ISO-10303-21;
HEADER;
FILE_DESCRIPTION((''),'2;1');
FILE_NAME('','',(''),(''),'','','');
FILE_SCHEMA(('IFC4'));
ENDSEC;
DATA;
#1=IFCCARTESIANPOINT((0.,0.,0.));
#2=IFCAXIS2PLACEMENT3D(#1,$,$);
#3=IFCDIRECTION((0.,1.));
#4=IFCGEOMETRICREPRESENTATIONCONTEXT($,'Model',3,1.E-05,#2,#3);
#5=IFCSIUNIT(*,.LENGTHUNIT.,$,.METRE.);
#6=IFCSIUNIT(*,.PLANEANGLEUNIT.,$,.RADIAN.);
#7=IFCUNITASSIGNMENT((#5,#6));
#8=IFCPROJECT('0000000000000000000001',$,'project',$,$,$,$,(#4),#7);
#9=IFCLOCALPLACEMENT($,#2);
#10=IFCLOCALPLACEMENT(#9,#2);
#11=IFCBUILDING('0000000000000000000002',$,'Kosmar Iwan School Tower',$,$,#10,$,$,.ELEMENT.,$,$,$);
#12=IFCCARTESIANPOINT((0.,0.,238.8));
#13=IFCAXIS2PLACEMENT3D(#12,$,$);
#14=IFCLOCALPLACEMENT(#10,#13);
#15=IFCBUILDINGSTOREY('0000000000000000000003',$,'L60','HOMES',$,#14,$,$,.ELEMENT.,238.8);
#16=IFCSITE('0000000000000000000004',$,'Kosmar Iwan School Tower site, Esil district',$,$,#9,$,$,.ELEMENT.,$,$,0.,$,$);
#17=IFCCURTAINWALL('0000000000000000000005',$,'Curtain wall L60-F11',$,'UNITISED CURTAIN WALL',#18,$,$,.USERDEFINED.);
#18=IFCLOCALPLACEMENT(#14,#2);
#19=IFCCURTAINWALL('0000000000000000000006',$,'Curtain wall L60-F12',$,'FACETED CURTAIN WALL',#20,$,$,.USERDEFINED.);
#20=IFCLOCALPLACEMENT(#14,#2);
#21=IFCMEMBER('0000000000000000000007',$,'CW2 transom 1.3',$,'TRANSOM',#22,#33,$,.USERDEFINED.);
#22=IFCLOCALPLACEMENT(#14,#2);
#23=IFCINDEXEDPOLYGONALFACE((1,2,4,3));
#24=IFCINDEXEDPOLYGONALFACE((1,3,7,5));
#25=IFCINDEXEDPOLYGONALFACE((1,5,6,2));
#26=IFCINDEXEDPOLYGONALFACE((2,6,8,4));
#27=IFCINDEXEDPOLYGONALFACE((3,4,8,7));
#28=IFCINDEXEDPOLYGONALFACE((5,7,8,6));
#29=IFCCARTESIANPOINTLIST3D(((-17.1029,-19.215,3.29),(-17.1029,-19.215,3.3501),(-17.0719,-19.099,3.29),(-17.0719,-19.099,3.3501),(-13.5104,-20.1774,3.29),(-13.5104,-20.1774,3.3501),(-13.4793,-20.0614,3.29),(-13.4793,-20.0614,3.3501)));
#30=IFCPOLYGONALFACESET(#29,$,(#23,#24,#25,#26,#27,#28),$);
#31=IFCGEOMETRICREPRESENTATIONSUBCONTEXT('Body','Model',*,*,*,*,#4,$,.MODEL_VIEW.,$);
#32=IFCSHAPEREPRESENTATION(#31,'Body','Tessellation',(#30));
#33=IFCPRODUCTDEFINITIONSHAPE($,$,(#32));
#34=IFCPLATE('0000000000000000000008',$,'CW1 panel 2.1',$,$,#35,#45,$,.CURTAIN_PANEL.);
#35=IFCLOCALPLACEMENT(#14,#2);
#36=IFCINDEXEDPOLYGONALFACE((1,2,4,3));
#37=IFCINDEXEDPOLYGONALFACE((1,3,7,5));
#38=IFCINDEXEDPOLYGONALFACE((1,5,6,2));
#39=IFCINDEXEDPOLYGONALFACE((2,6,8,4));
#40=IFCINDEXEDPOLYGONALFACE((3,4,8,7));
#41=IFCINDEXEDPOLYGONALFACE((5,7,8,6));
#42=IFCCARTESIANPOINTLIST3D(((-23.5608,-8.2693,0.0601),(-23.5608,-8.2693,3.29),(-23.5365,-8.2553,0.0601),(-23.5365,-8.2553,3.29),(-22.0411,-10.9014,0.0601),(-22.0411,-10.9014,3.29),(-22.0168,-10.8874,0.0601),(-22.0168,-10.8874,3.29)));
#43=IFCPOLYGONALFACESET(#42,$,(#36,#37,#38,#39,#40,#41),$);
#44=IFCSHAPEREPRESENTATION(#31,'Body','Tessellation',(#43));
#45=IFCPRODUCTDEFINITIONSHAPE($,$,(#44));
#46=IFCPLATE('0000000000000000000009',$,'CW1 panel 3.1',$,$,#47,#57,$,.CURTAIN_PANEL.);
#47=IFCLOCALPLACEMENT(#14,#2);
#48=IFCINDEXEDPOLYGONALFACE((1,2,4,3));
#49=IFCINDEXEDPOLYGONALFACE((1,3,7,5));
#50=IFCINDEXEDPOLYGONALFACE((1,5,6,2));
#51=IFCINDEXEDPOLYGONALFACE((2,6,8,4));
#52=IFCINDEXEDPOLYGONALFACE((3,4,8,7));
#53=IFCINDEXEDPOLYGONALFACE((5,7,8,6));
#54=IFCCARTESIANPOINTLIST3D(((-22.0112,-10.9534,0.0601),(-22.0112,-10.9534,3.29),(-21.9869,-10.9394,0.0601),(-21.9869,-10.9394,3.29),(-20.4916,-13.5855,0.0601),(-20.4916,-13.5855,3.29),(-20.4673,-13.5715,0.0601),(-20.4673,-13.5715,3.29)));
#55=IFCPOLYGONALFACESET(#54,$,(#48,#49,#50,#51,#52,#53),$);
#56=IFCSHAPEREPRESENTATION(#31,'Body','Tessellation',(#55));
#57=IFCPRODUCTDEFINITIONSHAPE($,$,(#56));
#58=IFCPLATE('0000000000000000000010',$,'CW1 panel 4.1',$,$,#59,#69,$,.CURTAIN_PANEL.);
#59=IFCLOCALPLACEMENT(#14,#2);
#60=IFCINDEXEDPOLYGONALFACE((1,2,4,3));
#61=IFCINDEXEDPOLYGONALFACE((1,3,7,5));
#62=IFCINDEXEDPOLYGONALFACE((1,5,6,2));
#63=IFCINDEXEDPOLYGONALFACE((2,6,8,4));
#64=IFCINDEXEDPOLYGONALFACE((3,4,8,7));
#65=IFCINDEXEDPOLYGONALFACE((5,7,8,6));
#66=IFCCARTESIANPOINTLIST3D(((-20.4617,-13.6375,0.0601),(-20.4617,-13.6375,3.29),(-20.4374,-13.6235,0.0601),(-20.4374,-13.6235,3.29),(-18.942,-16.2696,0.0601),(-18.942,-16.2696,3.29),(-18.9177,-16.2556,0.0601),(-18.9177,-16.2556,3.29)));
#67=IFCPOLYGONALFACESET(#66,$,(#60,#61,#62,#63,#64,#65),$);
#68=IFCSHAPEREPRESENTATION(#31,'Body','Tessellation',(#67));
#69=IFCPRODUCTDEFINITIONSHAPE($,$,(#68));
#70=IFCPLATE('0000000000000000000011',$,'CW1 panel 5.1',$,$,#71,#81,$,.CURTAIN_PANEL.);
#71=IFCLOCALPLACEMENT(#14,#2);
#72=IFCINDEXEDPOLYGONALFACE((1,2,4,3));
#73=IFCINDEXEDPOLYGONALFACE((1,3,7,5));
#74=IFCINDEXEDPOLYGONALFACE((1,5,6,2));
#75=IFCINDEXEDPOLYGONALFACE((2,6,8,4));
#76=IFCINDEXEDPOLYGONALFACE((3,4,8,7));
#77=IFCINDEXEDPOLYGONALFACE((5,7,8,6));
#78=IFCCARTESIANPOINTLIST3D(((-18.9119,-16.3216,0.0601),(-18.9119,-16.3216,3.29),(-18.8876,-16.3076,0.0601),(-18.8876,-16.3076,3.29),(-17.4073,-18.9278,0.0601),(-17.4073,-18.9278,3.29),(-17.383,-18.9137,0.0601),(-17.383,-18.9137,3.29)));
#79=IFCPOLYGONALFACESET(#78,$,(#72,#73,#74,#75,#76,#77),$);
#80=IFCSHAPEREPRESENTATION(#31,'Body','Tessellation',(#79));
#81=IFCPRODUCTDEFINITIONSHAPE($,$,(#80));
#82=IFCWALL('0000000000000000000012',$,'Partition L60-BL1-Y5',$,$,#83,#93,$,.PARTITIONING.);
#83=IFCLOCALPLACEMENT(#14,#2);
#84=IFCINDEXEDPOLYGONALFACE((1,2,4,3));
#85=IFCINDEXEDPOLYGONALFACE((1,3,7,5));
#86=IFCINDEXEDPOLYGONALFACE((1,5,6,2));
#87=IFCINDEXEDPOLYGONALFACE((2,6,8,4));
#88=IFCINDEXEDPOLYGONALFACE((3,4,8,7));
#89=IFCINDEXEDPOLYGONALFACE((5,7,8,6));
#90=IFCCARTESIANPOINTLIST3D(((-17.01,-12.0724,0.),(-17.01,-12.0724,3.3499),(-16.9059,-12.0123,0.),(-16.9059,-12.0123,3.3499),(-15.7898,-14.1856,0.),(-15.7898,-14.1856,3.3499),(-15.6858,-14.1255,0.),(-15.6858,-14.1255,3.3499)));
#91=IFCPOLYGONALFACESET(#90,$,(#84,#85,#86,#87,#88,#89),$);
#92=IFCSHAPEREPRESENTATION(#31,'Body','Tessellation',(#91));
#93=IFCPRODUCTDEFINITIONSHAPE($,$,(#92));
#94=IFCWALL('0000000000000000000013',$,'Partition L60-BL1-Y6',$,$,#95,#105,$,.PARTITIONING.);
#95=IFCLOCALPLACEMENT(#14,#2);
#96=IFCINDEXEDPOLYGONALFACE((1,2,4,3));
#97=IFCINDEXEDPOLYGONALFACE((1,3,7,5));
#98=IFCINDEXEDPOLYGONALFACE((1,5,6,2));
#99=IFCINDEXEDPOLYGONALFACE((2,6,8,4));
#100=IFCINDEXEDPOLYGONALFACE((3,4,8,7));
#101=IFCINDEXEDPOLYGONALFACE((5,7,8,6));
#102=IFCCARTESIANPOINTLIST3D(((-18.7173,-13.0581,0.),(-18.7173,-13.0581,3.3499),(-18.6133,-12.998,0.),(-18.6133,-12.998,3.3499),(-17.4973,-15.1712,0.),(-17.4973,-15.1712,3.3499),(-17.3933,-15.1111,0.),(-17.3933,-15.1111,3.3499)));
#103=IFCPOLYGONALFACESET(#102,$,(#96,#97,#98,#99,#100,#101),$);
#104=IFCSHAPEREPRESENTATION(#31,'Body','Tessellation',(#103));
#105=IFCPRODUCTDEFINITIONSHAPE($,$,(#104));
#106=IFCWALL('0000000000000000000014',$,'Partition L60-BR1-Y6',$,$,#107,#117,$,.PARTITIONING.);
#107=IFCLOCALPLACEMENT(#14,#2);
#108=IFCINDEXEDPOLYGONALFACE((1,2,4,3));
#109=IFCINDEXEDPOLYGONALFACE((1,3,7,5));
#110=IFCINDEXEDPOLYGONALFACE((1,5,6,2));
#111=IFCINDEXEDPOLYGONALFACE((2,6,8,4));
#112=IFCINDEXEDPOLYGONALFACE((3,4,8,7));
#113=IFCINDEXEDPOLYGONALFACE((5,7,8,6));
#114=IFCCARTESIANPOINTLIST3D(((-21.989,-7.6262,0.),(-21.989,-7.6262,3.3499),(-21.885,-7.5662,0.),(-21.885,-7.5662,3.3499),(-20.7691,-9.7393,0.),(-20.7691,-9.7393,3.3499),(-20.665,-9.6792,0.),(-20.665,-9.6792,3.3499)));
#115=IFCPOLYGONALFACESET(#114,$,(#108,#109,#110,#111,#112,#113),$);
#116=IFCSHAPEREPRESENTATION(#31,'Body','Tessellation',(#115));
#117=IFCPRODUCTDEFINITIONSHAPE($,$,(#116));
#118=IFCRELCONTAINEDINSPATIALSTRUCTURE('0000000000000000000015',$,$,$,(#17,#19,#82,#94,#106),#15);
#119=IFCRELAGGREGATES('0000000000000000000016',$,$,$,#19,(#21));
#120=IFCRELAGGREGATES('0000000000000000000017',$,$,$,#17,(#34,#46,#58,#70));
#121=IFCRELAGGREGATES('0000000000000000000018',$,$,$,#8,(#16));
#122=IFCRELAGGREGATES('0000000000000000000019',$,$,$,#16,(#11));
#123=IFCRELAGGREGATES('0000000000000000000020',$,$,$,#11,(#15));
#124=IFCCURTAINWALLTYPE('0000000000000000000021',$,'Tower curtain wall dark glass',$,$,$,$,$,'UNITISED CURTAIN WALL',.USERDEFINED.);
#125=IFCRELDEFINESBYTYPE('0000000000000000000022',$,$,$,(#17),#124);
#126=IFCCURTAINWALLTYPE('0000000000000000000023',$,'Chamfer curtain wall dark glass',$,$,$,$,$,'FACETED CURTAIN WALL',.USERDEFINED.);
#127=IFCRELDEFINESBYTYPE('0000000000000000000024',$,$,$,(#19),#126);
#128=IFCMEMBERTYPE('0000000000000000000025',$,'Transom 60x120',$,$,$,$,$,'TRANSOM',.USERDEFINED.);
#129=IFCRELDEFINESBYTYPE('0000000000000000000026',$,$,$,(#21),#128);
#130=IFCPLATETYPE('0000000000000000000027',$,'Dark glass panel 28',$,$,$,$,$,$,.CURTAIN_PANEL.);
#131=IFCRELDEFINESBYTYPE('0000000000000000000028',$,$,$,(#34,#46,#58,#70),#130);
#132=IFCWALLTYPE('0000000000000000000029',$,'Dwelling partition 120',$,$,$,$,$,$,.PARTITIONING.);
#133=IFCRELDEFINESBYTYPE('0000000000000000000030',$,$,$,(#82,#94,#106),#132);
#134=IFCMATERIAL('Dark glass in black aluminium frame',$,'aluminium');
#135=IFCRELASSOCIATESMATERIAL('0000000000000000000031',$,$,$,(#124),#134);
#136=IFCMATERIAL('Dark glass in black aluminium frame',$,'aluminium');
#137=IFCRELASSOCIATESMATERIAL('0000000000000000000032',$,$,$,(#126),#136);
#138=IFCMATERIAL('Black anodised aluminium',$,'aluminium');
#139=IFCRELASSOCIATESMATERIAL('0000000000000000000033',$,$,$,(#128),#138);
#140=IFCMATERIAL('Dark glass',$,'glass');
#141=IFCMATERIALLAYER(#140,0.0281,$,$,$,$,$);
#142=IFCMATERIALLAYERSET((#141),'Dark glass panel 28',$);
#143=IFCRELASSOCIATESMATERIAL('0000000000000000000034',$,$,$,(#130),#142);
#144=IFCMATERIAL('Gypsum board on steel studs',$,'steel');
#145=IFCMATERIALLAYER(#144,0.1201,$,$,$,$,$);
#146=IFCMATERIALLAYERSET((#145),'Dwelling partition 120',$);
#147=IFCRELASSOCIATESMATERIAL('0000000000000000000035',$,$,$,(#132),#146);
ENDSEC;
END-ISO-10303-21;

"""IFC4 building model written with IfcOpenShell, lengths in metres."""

from ifc_helpers import new_model, si_unit, direction, frame, frame_2d, origin, origin_2d, place, context, subcontext, project, spatial, rectangle, extrude, material, layer, layer_set, material_profile, profile_set, type_object, element, aggregate, save


model = new_model("IFC4")

# Units and contexts
model_context = context("Model", 3, precision=1e-05, world=origin(), true_north=direction((0.0, 1.0)))
body_context = subcontext(model_context, "Body", "Model", "MODEL_VIEW")
ifc_project = project(units=[si_unit("LENGTHUNIT", "METRE"), si_unit("PLANEANGLEUNIT", "RADIAN")], contexts=[model_context])

# Site, building, storey
site_placement = place(None, origin())
site = spatial("IfcSite", under=ifc_project, at=site_placement, Name="Kosmar Iwan School Tower site, Esil district", CompositionType="ELEMENT", RefElevation=0.0)
building_placement = place(site_placement, origin())
building = spatial("IfcBuilding", under=site, at=building_placement, Name="Kosmar Iwan School Tower", CompositionType="ELEMENT")
storey_placement = place(building_placement, frame((0.0, 0.0, 238.8)))
storey = spatial("IfcBuildingStorey", under=building, at=storey_placement, Name="L60", Description="HOMES", CompositionType="ELEMENT", Elevation=238.8)

# Curtain wall
ifc_material_1 = material(Name="Dark glass in black aluminium frame", Category="aluminium")
curtain_wall_type_1 = type_object("IfcCurtainWallType", Name="Tower curtain wall dark glass", ElementType="UNITISED CURTAIN WALL", PredefinedType="USERDEFINED", material=ifc_material_1)
curtain_wall_1_placement = place(storey_placement, origin())
curtain_wall_1 = element("IfcCurtainWall", 1, at=curtain_wall_1_placement, inside=storey, type_object=curtain_wall_type_1, Name="Curtain wall L60-F11", ObjectType="UNITISED CURTAIN WALL", PredefinedType="USERDEFINED")

# Curtain wall
ifc_material_2 = material(Name="Dark glass in black aluminium frame", Category="aluminium")
curtain_wall_type_2 = type_object("IfcCurtainWallType", Name="Chamfer curtain wall dark glass", ElementType="FACETED CURTAIN WALL", PredefinedType="USERDEFINED", material=ifc_material_2)
curtain_wall_2_placement = place(storey_placement, origin())
curtain_wall_2 = element("IfcCurtainWall", 2, at=curtain_wall_2_placement, inside=storey, type_object=curtain_wall_type_2, Name="Curtain wall L60-F12", ObjectType="FACETED CURTAIN WALL", PredefinedType="USERDEFINED")

# Member
ifc_material_3 = material(Name="Black anodised aluminium", Category="aluminium")
ifc_material_profile_1 = material_profile(ifc_material_3, rectangle(XDim=0.1201, YDim=0.0601, at=origin_2d()), Name="TRANSOM 60x120")
ifc_profile_set_1 = profile_set([ifc_material_profile_1], Name="Black anodised aluminium")
member_type_1 = type_object("IfcMemberType", Name="Transom 60x120", ElementType="TRANSOM", PredefinedType="USERDEFINED", material=ifc_profile_set_1)
member_1_placement = place(storey_placement, frame((-17.0874, -19.157, 3.3201), z_axis=(0.96594, -0.258766, 0.0), x_axis=(0.258766, 0.96594, 0.0)))
member_1 = element("IfcMember", 3, at=member_1_placement, type_object=member_type_1, Name="CW2 transom 1.3", ObjectType="TRANSOM", PredefinedType="USERDEFINED", context=body_context, shape_type="SweptSolid", body=[
    extrude(rectangle(XDim=0.1201, YDim=0.0601, at=origin_2d()), origin(), (0.0, 0.0, 1.0), 3.7192),
])
aggregate(curtain_wall_2, [member_1])

# Plates
ifc_material_4 = material(Name="Dark glass", Category="glass")
ifc_layer_1 = layer(ifc_material_4, 0.0281)
ifc_layer_set_1 = layer_set([ifc_layer_1], Name="Dark glass panel 28")
plate_type = type_object("IfcPlateType", Name="Dark glass panel 28", PredefinedType="CURTAIN_PANEL", material=ifc_layer_set_1)
plate_1_placement = place(storey_placement, frame((-22.7888, -9.5784, 0.0601), z_axis=(0.0, 0.0, 1.0), x_axis=(0.5, -0.866025, 0.0)))
plate_1 = element("IfcPlate", 4, at=plate_1_placement, type_object=plate_type, Name="CW1 panel 2.1", PredefinedType="CURTAIN_PANEL", context=body_context, shape_type="SweptSolid", body=[
    extrude(rectangle(XDim=3.0393, YDim=0.0281, at=origin_2d()), origin(), (0.0, 0.0, 1.0), 3.23),
])
plate_2_placement = place(storey_placement, frame((-21.2393, -12.2625, 0.0601), z_axis=(0.0, 0.0, 1.0), x_axis=(0.5, -0.866025, 0.0)))
plate_2 = element("IfcPlate", 5, at=plate_2_placement, type_object=plate_type, Name="CW1 panel 3.1", PredefinedType="CURTAIN_PANEL", context=body_context, shape_type="SweptSolid", body=[
    extrude(rectangle(XDim=3.0393, YDim=0.0281, at=origin_2d()), origin(), (0.0, 0.0, 1.0), 3.23),
])
plate_3_placement = place(storey_placement, frame((-19.6897, -14.9465, 0.0601), z_axis=(0.0, 0.0, 1.0), x_axis=(0.5, -0.866025, 0.0)))
plate_3 = element("IfcPlate", 6, at=plate_3_placement, type_object=plate_type, Name="CW1 panel 4.1", PredefinedType="CURTAIN_PANEL", context=body_context, shape_type="SweptSolid", body=[
    extrude(rectangle(XDim=3.0393, YDim=0.0281, at=origin_2d()), origin(), (0.0, 0.0, 1.0), 3.23),
])
plate_4_placement = place(storey_placement, frame((-18.1475, -17.6177, 0.0601), z_axis=(0.0, 0.0, 1.0), x_axis=(0.5, -0.866025, 0.0)))
plate_4 = element("IfcPlate", 7, at=plate_4_placement, type_object=plate_type, Name="CW1 panel 5.1", PredefinedType="CURTAIN_PANEL", context=body_context, shape_type="SweptSolid", body=[
    extrude(rectangle(XDim=3.0093, YDim=0.0281, at=origin_2d()), origin(), (0.0, 0.0, 1.0), 3.23),
])
aggregate(curtain_wall_1, [plate_1, plate_2, plate_3, plate_4])

# Walls
ifc_material_5 = material(Name="Gypsum board on steel studs", Category="steel")
ifc_layer_2 = layer(ifc_material_5, 0.1201)
ifc_layer_set_2 = layer_set([ifc_layer_2], Name="Dwelling partition 120")
wall_type = type_object("IfcWallType", Name="Dwelling partition 120", PredefinedType="PARTITIONING", material=ifc_layer_set_2)
wall_placement = place(storey_placement, frame((-16.958, -12.0422, 0.0), z_axis=(0.0, 0.0, 1.0), x_axis=(0.500034, -0.866006, 0.0)))
element("IfcWall", 8, at=wall_placement, inside=storey, type_object=wall_type, Name="Partition L60-BL1-Y5", PredefinedType="PARTITIONING", context=body_context, shape_type="SweptSolid", body=[
    extrude(rectangle(XDim=2.4402, YDim=0.1201, at=frame_2d((1.2202, 0.0))), origin(), (0.0, 0.0, 1.0), 3.3499),
])
for number, where, z_axis, x_axis, name in (
    (9, (-18.6653, -13.0281, 0.0), (0.0, 0.0, 1.0), (0.500003, -0.866024, 0.0), "Partition L60-BL1-Y6"),
    (10, (-20.717, -9.7092, 0.0), (0.0, 0.0, 1.0), (-0.500003, 0.866024, 0.0), "Partition L60-BR1-Y6"),
):
    element("IfcWall", number, at=place(storey_placement, frame(where, z_axis=z_axis, x_axis=x_axis)), inside=storey, type_object=wall_type, Name=name, PredefinedType="PARTITIONING", context=body_context, shape_type="SweptSolid", body=[
        extrude(rectangle(XDim=2.4399, YDim=0.1201, at=frame_2d((1.22, 0.0))), origin(), (0.0, 0.0, 1.0), 3.3499),
    ])

save(model, "model.ifc")
